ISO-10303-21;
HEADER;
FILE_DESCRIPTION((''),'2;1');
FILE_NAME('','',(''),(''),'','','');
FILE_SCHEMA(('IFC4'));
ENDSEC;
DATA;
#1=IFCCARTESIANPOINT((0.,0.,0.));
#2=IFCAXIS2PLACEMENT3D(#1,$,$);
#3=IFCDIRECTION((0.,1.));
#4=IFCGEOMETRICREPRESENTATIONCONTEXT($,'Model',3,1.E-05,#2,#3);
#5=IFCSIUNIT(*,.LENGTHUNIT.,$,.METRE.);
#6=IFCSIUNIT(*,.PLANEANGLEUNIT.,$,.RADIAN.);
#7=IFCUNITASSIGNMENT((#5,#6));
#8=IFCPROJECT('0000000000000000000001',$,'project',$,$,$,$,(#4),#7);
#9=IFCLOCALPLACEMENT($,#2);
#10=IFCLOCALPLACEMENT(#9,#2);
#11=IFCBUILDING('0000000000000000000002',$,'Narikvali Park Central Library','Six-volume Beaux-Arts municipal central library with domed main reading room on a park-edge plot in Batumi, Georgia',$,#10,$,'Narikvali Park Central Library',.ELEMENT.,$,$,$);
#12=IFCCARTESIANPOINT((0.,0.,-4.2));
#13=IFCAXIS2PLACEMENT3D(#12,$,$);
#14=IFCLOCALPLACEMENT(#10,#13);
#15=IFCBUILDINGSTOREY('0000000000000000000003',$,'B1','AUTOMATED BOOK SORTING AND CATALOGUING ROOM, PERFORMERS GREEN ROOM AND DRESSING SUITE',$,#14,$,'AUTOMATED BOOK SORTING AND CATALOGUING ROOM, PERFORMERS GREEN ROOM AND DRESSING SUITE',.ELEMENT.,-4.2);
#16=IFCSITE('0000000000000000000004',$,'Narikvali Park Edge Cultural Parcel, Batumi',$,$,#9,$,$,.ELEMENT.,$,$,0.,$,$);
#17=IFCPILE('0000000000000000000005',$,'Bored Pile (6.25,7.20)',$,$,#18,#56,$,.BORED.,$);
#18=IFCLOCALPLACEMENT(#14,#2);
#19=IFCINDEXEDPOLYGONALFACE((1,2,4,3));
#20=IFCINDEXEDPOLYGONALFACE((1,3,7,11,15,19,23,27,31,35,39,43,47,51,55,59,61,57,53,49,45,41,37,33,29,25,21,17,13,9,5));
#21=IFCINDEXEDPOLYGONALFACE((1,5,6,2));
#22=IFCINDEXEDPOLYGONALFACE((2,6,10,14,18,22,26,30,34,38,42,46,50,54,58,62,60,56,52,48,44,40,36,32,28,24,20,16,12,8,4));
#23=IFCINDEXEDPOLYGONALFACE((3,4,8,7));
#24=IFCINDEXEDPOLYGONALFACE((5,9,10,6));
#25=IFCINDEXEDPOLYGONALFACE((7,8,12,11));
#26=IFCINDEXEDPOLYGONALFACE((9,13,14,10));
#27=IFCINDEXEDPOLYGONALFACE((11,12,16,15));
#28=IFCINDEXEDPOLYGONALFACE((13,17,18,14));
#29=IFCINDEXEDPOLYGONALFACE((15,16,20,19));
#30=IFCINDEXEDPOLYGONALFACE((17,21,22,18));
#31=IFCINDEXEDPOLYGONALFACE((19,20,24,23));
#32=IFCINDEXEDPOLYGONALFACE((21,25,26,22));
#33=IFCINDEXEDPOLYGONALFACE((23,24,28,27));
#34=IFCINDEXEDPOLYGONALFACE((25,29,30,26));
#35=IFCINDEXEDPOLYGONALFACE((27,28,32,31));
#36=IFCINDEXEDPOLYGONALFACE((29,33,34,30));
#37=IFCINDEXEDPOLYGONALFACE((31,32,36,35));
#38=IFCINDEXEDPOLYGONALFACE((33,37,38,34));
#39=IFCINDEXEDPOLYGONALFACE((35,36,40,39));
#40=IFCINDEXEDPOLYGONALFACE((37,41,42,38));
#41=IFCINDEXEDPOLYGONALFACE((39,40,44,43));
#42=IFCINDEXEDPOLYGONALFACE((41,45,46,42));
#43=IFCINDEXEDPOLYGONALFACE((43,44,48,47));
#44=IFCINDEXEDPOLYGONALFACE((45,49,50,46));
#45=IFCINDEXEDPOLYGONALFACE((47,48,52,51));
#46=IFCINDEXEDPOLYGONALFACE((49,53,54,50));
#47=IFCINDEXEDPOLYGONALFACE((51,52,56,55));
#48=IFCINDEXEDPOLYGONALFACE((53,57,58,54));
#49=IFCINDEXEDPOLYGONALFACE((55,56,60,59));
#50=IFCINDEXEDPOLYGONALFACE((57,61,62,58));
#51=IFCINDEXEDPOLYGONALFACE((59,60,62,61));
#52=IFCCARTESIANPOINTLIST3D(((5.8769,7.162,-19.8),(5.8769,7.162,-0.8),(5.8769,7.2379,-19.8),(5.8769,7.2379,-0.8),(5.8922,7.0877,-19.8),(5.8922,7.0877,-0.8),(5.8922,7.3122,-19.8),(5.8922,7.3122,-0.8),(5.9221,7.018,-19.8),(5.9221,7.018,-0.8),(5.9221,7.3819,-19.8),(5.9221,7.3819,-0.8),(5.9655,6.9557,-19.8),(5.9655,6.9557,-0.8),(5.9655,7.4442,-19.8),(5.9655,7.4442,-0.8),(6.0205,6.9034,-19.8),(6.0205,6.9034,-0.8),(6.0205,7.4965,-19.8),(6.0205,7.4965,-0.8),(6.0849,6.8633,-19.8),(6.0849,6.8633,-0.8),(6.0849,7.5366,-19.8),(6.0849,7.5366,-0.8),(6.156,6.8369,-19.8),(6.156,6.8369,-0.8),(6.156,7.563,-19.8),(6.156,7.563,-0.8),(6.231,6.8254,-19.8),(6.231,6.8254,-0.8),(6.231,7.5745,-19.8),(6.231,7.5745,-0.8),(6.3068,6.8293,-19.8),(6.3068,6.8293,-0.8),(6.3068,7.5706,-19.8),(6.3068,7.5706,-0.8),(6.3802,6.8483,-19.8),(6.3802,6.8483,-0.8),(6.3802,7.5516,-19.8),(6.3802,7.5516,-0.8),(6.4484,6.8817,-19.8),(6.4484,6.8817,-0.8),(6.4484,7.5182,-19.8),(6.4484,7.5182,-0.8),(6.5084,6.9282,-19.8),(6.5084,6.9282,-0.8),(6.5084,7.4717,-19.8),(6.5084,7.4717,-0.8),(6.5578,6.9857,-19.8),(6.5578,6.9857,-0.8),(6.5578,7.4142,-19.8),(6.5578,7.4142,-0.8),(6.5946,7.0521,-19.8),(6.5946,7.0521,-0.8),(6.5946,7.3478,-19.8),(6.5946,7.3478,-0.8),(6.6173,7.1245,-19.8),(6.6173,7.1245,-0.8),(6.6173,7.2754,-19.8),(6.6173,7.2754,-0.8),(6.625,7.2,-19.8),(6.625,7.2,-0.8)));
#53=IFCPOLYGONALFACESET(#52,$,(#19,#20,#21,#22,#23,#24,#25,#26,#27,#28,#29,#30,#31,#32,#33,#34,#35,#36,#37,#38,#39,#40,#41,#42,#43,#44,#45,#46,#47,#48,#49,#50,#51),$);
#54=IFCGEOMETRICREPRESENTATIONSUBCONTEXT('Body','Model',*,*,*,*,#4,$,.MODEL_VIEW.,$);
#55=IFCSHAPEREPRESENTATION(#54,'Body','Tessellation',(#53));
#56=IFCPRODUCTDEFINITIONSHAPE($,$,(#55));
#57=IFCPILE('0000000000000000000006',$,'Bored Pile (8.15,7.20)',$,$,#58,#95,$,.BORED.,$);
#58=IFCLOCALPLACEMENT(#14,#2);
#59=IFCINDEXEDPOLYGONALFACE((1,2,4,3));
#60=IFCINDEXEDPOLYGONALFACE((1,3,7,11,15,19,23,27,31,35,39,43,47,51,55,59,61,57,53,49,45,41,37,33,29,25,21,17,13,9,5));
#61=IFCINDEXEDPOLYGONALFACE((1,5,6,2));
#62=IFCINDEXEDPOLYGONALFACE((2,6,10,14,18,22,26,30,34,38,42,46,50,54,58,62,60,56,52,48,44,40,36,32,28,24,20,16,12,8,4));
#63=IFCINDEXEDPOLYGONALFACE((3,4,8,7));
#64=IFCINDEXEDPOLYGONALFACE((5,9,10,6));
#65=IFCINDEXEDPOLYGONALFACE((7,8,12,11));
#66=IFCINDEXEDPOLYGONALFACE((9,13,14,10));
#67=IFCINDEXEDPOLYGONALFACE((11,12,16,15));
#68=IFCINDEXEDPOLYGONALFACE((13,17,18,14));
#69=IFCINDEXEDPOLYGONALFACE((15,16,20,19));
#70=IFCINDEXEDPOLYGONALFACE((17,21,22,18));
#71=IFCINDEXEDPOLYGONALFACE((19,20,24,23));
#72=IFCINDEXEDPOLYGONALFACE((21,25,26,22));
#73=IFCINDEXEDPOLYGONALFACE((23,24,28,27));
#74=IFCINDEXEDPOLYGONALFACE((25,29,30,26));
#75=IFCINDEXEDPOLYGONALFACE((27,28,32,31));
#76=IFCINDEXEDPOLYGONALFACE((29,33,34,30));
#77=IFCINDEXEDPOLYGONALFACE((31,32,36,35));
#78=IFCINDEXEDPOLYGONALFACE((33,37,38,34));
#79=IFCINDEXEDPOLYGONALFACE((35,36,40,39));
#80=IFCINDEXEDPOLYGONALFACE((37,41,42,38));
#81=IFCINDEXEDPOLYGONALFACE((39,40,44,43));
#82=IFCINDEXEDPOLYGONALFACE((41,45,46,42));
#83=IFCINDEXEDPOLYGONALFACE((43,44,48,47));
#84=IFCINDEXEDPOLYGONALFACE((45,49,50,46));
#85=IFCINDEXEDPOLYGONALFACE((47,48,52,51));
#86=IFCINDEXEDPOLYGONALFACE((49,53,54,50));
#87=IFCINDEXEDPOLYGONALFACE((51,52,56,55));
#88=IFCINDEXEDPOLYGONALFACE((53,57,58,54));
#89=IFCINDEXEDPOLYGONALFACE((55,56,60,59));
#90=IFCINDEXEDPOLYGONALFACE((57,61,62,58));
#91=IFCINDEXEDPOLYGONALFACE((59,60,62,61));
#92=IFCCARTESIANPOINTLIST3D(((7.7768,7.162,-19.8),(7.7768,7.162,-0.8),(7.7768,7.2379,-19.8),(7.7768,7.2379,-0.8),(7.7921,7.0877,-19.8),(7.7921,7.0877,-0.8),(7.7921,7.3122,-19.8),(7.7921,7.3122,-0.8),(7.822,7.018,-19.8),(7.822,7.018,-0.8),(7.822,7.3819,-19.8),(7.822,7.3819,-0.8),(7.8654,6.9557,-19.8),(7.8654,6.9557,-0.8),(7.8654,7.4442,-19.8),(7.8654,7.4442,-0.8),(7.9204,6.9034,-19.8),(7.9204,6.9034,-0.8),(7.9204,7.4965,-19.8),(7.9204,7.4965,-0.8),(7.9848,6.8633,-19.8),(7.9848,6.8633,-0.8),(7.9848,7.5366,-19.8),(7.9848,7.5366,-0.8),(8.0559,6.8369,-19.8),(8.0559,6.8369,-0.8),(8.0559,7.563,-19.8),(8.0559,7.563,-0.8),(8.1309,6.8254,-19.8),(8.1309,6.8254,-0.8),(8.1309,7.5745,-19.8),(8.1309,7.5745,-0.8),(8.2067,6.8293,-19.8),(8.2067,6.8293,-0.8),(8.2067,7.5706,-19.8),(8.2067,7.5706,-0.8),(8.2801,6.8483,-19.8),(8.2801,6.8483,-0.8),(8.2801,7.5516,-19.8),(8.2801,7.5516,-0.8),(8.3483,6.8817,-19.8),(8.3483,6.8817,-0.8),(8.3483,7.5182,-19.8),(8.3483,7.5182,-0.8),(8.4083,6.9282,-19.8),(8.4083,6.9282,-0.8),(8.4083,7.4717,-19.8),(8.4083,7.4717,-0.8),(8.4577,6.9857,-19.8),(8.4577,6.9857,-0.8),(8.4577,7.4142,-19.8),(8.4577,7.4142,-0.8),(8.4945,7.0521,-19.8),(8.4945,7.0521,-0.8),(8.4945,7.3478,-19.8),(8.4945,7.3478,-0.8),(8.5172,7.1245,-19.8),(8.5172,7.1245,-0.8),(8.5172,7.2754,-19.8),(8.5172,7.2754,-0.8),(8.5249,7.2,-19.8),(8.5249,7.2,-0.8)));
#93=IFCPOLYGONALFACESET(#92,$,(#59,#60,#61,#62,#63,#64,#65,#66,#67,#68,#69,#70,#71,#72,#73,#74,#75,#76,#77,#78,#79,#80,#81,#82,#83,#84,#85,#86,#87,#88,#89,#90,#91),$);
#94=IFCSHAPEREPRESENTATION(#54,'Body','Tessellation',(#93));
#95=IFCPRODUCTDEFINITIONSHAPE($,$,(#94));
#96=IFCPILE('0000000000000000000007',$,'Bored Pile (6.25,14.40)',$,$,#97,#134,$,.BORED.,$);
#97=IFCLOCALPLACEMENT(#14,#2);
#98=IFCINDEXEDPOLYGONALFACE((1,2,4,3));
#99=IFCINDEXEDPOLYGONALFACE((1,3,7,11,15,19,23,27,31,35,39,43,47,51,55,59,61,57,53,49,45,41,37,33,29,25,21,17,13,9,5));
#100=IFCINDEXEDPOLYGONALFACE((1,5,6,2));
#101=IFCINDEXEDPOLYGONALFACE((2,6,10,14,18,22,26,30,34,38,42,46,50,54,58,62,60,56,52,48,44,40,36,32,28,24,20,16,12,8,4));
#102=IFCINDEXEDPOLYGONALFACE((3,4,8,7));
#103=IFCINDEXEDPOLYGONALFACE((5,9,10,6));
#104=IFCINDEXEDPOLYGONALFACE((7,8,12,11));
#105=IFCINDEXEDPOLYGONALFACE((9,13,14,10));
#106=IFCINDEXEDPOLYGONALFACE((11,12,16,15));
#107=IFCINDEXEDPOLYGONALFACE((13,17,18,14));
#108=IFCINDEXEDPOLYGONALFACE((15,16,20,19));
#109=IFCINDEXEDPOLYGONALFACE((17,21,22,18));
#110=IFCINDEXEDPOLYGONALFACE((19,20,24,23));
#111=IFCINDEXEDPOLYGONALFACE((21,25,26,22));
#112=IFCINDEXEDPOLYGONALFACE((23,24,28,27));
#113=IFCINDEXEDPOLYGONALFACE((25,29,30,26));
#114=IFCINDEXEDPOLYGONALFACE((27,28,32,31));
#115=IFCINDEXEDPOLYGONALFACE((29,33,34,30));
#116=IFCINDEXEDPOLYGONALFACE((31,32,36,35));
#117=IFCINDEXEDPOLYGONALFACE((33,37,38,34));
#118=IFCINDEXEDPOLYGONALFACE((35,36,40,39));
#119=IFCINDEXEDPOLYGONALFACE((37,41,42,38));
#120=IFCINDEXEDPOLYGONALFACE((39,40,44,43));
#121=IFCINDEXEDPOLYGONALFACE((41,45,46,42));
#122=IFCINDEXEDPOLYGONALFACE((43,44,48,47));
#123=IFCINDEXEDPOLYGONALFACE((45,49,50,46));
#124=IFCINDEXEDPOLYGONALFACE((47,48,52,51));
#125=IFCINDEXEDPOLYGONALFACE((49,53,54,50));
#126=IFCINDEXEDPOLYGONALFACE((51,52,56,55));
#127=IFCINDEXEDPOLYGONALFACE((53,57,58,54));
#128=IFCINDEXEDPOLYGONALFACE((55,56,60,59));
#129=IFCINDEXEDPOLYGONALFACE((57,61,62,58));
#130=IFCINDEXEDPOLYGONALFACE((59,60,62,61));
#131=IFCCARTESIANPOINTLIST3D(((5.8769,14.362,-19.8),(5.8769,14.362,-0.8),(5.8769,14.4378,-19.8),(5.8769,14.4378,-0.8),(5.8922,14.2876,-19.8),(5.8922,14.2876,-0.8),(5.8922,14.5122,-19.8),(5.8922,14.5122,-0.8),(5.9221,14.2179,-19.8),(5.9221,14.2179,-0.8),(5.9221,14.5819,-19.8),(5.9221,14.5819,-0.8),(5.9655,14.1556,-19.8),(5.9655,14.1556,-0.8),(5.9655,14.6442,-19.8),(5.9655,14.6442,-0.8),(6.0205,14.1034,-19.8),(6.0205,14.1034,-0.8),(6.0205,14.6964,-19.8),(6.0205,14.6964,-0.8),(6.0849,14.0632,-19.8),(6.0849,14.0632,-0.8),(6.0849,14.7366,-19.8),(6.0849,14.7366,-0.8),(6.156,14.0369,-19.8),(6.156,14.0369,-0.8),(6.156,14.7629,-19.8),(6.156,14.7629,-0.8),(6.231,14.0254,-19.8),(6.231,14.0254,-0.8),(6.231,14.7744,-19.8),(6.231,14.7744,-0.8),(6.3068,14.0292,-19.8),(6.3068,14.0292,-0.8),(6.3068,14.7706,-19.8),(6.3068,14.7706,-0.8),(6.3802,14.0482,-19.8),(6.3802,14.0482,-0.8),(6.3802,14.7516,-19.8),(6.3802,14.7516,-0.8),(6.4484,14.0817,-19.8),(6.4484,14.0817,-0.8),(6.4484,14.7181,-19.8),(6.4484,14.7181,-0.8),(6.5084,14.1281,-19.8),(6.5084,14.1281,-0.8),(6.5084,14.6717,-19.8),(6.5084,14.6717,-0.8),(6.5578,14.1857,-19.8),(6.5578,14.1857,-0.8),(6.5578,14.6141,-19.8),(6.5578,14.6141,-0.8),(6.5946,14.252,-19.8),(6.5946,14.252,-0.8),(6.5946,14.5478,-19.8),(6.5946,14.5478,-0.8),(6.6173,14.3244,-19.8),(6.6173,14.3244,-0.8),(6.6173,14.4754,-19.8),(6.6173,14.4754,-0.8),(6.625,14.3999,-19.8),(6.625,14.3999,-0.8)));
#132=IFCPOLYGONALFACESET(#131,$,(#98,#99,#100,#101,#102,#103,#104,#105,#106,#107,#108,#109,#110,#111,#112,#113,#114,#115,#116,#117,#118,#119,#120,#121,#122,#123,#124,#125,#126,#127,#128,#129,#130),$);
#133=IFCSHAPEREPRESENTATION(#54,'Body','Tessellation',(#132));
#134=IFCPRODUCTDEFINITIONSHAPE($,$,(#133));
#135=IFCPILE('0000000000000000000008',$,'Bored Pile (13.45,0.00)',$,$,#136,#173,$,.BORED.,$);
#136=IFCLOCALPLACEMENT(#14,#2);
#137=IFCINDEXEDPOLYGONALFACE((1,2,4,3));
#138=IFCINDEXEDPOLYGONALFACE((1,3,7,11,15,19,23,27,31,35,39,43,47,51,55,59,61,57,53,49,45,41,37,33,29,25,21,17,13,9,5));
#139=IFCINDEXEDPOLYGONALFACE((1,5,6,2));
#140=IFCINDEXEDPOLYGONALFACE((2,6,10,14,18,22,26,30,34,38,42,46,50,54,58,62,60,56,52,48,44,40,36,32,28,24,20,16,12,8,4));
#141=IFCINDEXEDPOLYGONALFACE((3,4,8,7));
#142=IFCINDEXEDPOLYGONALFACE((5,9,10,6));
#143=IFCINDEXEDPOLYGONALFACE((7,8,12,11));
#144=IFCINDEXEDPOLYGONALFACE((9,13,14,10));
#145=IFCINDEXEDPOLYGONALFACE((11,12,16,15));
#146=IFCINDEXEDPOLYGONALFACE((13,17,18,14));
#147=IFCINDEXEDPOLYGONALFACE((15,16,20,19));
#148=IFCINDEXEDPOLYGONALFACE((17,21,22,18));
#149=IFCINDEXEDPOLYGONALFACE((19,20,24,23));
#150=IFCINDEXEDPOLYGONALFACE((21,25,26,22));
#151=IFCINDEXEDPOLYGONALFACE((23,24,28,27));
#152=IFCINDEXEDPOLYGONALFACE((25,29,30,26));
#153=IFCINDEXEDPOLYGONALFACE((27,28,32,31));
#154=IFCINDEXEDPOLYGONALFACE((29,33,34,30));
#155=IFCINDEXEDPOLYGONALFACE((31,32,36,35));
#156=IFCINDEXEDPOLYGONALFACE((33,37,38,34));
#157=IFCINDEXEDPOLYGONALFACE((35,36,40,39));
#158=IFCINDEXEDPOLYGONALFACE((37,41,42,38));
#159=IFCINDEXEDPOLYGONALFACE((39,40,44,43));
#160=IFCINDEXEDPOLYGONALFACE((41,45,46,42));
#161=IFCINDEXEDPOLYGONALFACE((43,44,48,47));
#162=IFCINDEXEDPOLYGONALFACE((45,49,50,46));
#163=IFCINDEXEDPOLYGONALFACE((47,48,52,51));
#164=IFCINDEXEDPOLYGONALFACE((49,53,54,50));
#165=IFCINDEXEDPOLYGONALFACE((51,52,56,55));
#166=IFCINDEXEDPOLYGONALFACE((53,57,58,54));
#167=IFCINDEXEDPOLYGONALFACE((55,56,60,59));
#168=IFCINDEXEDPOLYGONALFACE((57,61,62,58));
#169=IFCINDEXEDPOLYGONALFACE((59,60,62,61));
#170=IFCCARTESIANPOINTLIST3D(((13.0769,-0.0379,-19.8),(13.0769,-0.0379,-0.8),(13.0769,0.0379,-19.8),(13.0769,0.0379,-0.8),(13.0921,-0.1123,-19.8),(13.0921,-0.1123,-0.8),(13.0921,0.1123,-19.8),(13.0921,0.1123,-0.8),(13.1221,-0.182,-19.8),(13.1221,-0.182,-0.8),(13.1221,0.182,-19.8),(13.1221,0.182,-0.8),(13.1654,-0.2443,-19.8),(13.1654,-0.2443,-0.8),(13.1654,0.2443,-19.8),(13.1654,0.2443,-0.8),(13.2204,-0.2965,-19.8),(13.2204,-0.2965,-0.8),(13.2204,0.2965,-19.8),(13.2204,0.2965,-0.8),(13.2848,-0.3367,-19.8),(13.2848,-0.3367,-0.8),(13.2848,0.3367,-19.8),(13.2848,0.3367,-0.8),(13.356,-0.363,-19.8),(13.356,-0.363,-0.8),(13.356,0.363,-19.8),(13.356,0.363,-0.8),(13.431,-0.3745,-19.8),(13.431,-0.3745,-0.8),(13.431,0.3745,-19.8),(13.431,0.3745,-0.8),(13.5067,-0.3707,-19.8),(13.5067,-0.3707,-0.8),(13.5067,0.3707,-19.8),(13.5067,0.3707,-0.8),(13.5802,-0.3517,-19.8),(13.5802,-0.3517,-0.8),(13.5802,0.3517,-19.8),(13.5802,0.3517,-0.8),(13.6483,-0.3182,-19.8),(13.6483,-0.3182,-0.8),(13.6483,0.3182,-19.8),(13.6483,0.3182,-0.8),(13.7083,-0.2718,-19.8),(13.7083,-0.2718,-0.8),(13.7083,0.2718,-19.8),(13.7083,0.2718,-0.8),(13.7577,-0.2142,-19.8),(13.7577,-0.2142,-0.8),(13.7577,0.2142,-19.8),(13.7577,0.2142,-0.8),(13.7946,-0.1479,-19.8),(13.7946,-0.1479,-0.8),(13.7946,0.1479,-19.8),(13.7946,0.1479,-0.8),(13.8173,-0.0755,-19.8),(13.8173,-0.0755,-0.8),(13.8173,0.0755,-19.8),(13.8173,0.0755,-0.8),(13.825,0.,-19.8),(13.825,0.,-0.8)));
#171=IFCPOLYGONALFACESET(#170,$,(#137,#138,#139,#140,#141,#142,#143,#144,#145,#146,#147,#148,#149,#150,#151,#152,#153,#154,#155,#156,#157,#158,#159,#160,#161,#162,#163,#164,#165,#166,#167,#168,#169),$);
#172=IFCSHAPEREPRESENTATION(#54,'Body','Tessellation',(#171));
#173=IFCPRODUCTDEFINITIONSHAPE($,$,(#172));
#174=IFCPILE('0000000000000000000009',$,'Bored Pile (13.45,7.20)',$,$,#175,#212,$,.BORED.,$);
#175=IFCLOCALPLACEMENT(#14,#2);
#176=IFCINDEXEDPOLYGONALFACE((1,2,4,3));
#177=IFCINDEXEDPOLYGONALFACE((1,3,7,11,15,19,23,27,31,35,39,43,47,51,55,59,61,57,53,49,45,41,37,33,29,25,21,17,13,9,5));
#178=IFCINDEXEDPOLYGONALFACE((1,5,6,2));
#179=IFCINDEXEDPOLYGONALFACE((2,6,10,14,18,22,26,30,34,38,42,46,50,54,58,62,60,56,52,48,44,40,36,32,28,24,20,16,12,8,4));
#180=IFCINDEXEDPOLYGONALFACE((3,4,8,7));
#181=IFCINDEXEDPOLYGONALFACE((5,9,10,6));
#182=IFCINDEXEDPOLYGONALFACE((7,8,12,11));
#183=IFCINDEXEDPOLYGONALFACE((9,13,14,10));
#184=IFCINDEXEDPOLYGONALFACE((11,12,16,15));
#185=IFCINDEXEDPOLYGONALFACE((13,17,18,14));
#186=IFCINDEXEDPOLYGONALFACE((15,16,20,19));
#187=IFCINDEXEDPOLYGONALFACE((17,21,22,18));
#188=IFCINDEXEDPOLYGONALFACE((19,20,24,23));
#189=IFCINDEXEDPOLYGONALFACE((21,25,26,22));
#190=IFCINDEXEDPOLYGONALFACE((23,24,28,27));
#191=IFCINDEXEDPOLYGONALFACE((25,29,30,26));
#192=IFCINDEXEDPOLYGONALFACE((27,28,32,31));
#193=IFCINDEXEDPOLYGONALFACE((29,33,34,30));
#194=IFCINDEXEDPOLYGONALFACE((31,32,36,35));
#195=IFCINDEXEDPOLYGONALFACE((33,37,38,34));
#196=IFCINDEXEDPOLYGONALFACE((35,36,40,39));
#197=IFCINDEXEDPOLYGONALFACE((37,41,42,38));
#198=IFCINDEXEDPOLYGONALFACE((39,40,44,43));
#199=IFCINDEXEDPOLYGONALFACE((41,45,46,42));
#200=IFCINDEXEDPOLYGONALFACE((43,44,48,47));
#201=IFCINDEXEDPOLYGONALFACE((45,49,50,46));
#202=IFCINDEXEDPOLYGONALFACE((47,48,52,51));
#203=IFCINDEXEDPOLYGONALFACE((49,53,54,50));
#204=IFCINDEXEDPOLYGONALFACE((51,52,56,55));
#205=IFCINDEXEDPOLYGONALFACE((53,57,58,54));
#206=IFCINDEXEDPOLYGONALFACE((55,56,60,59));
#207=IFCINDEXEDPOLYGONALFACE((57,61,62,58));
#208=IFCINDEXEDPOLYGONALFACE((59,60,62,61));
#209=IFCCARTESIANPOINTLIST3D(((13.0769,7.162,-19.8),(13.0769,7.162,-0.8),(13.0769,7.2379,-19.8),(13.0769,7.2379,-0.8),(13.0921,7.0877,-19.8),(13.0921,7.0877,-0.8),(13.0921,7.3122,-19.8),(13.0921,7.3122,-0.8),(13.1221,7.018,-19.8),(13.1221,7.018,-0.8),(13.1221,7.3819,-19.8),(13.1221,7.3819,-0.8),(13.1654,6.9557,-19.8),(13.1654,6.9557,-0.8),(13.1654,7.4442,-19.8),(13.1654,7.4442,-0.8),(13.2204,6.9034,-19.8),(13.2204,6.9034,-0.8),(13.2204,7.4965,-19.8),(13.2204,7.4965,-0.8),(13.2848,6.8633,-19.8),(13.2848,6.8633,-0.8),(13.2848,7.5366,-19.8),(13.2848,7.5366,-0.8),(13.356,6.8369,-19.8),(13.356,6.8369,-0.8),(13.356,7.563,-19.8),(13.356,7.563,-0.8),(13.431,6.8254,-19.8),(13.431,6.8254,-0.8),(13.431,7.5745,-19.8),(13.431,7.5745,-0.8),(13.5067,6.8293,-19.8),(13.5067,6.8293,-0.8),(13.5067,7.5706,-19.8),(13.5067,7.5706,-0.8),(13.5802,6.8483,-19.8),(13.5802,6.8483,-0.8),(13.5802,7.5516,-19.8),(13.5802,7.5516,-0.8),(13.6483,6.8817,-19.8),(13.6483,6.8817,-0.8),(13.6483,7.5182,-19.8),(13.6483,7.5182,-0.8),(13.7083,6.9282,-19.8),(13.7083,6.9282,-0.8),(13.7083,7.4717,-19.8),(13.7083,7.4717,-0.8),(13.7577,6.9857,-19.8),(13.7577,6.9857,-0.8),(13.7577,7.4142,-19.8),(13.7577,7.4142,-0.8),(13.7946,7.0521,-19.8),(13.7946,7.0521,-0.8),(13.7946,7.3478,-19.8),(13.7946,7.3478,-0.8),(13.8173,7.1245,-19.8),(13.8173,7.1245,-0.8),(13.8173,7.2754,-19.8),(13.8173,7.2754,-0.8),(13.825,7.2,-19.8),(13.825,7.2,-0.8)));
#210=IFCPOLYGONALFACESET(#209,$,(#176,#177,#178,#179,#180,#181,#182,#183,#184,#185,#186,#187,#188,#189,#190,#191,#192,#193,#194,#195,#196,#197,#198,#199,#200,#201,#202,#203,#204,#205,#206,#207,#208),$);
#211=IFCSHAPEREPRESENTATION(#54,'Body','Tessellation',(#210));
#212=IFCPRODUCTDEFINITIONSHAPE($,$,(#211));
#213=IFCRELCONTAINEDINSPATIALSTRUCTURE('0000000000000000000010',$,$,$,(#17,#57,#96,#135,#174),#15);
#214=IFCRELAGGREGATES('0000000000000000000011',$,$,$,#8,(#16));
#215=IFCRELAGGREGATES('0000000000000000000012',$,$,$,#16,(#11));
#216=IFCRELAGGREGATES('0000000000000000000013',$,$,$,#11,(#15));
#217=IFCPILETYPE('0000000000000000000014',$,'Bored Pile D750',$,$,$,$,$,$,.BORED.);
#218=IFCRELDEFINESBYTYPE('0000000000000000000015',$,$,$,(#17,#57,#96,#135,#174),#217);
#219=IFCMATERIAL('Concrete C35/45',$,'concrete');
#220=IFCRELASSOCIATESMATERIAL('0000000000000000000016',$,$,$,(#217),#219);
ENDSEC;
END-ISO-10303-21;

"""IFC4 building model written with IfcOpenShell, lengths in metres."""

from ifc_helpers import new_model, si_unit, direction, frame, origin, origin_2d, place, context, subcontext, project, spatial, circle, extrude, material, material_profile, profile_set, type_object, element, save


model = new_model("IFC4")

# Units and contexts
model_context = context("Model", 3, precision=1e-05, world=origin(), true_north=direction((0.0, 1.0)))
body_context = subcontext(model_context, "Body", "Model", "MODEL_VIEW")
ifc_project = project(units=[si_unit("LENGTHUNIT", "METRE"), si_unit("PLANEANGLEUNIT", "RADIAN")], contexts=[model_context])

# Site, building, storey
site_placement = place(None, origin())
site = spatial("IfcSite", under=ifc_project, at=site_placement, Name="Narikvali Park Edge Cultural Parcel, Batumi", CompositionType="ELEMENT", RefElevation=0.0)
building_placement = place(site_placement, origin())
building = spatial("IfcBuilding", under=site, at=building_placement, Name="Narikvali Park Central Library", Description="Six-volume Beaux-Arts municipal central library with domed main reading room on a park-edge plot in Batumi, Georgia", LongName="Narikvali Park Central Library", CompositionType="ELEMENT")
storey_placement = place(building_placement, frame((0.0, 0.0, -4.2)))
storey = spatial("IfcBuildingStorey", under=building, at=storey_placement, Name="B1", Description="AUTOMATED BOOK SORTING AND CATALOGUING ROOM, PERFORMERS GREEN ROOM AND DRESSING SUITE", LongName="AUTOMATED BOOK SORTING AND CATALOGUING ROOM, PERFORMERS GREEN ROOM AND DRESSING SUITE", CompositionType="ELEMENT", Elevation=-4.2)

# Piles
ifc_material_1 = material(Name="Concrete C35/45", Category="concrete")
ifc_material_profile_1 = material_profile(ifc_material_1, circle(Radius=0.375, at=origin_2d()), Name="PILE D750")
ifc_profile_set_1 = profile_set([ifc_material_profile_1], Name="Concrete C35/45")
pile_type = type_object("IfcPileType", Name="Bored Pile D750", PredefinedType="BORED", material=ifc_profile_set_1)
for number, where, z_axis, x_axis, name in (
    (1, (6.25, 7.2, -0.8), (0.0, 0.0, -1.0), (1.0, 0.0, 0.0), "Bored Pile (6.25,7.20)"),
    (2, (8.1499, 7.2, -0.8), (0.0, 0.0, -1.0), (1.0, 0.0, 0.0), "Bored Pile (8.15,7.20)"),
    (3, (6.25, 14.3999, -0.8), (0.0, 0.0, -1.0), (1.0, 0.0, 0.0), "Bored Pile (6.25,14.40)"),
    (4, (13.45, 0.0, -0.8), (0.0, 0.0, -1.0), (1.0, 0.0, 0.0), "Bored Pile (13.45,0.00)"),
    (5, (13.45, 7.2, -0.8), (0.0, 0.0, -1.0), (1.0, 0.0, 0.0), "Bored Pile (13.45,7.20)"),
):
    element("IfcPile", number, at=place(storey_placement, frame(where, z_axis=z_axis, x_axis=x_axis)), inside=storey, type_object=pile_type, Name=name, PredefinedType="BORED", context=body_context, shape_type="SweptSolid", body=[
        extrude(circle(Radius=0.375, at=origin_2d()), origin(), (0.0, 0.0, 1.0), 19.0),
    ])

save(model, "model.ifc")
